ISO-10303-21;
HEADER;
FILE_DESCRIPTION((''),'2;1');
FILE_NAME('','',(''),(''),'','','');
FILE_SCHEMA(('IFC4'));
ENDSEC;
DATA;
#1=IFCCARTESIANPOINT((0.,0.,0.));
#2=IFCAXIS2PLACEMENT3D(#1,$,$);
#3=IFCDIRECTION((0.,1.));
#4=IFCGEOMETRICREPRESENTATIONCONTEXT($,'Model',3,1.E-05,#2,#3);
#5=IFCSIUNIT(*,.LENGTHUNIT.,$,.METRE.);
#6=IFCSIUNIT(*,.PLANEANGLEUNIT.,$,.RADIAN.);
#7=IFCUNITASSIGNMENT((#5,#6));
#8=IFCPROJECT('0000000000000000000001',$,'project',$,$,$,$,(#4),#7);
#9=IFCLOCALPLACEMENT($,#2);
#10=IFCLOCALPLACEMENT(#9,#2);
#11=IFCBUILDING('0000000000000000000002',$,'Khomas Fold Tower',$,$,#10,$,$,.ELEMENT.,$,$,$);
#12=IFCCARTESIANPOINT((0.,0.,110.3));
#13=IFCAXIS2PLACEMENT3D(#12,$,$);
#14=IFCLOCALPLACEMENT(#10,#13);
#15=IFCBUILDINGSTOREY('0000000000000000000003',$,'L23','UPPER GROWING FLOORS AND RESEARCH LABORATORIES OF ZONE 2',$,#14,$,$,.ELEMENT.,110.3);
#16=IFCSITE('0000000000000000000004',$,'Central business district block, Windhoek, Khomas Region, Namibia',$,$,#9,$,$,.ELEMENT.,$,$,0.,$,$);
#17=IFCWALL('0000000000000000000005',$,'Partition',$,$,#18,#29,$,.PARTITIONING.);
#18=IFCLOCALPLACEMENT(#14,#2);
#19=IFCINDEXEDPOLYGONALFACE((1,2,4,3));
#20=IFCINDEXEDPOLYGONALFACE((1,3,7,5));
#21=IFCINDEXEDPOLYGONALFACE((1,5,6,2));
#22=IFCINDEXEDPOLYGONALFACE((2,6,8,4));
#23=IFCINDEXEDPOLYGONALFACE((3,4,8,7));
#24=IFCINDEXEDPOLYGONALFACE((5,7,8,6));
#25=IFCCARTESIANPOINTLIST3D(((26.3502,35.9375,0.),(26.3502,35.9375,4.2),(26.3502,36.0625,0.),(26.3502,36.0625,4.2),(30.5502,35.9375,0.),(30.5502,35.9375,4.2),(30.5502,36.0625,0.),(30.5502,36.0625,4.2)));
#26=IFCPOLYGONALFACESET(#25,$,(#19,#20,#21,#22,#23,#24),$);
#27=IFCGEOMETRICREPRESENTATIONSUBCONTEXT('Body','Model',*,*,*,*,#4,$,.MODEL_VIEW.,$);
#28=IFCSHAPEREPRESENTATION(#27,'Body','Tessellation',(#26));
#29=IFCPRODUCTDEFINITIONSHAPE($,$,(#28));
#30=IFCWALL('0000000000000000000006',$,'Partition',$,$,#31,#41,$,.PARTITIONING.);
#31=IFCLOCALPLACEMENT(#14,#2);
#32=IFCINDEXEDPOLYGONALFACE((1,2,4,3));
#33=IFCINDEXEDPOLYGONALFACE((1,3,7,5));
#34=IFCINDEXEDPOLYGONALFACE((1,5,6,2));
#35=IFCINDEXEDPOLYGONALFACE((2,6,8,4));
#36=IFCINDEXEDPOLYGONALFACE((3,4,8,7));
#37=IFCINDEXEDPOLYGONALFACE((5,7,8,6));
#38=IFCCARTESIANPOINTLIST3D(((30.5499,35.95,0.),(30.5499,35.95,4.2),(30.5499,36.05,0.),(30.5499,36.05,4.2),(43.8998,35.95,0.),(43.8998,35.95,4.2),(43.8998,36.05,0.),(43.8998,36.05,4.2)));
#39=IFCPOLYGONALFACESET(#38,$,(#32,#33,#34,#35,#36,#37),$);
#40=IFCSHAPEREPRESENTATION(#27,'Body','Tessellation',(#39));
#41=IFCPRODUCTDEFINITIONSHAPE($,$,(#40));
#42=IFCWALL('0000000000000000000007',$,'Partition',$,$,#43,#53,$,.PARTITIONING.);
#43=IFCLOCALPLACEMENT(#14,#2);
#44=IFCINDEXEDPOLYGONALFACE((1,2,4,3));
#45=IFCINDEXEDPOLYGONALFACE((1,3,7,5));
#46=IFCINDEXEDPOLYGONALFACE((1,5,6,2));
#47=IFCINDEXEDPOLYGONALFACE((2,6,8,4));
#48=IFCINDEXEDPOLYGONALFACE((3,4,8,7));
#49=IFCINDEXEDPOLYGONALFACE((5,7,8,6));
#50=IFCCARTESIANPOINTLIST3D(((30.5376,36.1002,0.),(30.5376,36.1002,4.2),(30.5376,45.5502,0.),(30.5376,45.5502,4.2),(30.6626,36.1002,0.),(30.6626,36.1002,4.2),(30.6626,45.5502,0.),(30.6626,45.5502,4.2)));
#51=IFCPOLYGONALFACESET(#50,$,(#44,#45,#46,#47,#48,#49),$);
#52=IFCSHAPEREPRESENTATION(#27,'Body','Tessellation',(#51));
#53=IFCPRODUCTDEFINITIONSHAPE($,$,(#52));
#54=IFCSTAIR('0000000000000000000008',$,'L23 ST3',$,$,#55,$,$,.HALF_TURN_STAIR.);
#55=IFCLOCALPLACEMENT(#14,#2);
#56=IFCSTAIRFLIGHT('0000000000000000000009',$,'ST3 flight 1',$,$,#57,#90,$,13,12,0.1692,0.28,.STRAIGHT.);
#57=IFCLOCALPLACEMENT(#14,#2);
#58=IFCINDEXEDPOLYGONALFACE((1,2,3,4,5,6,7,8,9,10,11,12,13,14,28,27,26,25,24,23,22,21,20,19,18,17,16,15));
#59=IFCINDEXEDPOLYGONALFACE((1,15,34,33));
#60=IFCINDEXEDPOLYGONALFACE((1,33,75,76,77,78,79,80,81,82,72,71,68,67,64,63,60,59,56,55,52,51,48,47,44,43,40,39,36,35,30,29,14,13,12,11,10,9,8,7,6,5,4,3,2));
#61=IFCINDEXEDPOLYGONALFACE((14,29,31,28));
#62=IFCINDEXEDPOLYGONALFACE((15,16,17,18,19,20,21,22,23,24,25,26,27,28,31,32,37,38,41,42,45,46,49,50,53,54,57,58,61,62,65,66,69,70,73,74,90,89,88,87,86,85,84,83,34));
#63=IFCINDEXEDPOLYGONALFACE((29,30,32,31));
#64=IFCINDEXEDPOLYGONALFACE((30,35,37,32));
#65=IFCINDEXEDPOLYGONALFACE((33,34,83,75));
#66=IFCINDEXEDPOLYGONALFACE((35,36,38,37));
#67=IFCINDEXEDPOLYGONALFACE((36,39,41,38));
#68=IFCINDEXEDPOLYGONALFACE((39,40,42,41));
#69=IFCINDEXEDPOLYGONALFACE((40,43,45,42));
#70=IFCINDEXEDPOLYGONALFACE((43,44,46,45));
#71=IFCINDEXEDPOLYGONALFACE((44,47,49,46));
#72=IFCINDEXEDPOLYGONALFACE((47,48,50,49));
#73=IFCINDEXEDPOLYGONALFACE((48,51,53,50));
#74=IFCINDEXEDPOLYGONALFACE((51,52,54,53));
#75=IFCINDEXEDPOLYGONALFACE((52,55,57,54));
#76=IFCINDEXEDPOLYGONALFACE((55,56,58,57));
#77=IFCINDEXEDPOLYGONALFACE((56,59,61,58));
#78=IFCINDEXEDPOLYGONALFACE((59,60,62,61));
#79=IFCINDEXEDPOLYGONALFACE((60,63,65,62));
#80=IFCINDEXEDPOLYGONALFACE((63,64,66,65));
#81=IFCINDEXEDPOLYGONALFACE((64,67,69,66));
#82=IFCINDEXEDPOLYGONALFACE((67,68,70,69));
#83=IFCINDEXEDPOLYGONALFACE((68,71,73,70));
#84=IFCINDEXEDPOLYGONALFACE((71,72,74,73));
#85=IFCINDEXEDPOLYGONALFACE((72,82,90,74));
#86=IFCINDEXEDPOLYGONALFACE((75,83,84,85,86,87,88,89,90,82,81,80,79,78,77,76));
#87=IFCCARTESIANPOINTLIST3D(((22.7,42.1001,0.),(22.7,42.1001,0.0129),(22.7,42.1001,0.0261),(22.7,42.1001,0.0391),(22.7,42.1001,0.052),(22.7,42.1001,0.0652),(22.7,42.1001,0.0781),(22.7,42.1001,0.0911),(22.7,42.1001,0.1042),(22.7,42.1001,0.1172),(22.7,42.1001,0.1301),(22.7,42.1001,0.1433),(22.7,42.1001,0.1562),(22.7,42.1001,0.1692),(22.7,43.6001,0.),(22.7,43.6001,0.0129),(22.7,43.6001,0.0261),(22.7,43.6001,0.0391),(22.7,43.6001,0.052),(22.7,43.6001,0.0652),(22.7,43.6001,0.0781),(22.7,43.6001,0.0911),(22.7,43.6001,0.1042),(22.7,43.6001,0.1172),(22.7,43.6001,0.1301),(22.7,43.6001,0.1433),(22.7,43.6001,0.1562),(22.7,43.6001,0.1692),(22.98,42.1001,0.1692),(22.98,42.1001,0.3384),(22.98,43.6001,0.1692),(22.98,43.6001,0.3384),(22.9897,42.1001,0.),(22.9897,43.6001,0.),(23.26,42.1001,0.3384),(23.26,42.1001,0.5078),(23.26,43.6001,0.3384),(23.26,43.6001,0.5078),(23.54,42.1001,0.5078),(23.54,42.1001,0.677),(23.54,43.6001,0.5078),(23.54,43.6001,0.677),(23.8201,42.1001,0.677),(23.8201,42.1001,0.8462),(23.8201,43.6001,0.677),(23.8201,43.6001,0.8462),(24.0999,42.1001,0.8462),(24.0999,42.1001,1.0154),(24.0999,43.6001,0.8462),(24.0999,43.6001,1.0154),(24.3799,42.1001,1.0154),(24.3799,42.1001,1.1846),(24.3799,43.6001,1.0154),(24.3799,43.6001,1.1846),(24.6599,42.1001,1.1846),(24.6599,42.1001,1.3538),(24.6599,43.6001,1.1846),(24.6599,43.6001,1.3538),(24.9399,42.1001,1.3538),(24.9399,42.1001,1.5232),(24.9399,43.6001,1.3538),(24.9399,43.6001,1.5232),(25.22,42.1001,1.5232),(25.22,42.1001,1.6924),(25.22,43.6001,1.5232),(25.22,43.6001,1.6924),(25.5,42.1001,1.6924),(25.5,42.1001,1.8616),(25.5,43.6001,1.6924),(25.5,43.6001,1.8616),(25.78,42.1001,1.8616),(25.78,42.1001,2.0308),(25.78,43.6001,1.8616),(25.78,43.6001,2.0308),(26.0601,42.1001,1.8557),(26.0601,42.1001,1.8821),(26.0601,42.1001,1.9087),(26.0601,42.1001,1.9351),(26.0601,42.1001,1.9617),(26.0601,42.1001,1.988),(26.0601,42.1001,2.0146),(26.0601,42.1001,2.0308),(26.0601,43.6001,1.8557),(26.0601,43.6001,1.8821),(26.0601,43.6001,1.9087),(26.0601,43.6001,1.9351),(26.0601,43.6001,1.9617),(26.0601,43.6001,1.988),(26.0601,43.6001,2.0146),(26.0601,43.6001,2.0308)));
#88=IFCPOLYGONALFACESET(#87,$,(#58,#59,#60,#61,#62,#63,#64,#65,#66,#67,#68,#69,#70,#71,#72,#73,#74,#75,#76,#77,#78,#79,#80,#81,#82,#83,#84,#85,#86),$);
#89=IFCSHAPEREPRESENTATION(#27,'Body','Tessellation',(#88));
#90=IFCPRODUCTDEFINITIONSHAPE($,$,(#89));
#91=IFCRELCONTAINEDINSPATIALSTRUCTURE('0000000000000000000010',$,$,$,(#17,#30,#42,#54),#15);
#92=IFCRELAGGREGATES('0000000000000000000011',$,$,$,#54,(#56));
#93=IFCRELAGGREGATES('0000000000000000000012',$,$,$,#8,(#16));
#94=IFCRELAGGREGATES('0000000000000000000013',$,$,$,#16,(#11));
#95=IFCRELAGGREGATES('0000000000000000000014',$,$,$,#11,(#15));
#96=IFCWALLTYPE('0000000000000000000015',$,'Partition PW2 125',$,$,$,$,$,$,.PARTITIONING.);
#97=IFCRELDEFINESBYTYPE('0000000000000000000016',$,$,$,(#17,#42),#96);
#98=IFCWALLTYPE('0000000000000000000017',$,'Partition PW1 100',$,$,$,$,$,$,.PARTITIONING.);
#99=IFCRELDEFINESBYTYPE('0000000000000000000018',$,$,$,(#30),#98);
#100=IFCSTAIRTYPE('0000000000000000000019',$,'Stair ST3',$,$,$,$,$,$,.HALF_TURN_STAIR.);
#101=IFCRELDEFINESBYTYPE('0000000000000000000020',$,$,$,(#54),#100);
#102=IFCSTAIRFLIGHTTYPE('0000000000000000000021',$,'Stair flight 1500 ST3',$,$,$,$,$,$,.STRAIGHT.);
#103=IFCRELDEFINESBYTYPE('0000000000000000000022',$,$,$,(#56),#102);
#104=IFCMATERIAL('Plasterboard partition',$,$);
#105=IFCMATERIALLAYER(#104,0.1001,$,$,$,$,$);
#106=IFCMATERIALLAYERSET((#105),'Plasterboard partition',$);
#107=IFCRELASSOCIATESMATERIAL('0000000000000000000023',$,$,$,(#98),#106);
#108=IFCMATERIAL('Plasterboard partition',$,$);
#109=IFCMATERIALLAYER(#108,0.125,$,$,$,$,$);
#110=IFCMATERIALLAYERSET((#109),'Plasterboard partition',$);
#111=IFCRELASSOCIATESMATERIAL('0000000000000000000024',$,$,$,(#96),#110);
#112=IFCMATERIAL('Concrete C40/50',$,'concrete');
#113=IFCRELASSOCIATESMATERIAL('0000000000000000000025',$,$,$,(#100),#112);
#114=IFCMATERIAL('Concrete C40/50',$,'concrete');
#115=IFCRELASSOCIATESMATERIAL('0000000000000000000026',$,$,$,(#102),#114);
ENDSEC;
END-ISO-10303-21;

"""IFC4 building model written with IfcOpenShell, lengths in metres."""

from ifc_helpers import new_model, si_unit, direction, frame, frame_2d, origin, place, context, subcontext, project, spatial, polyline, rectangle, outline, extrude, source, transform, mapped, material, layer, layer_set, type_object, element, aggregate, save


model = new_model("IFC4")

# Units and contexts
model_context = context("Model", 3, precision=1e-05, world=origin(), true_north=direction((0.0, 1.0)))
body_context = subcontext(model_context, "Body", "Model", "MODEL_VIEW")
ifc_project = project(units=[si_unit("LENGTHUNIT", "METRE"), si_unit("PLANEANGLEUNIT", "RADIAN")], contexts=[model_context])

# Site, building, storey
site_placement = place(None, origin())
site = spatial("IfcSite", under=ifc_project, at=site_placement, Name="Central business district block, Windhoek, Khomas Region, Namibia", CompositionType="ELEMENT", RefElevation=0.0)
building_placement = place(site_placement, origin())
building = spatial("IfcBuilding", under=site, at=building_placement, Name="Khomas Fold Tower", CompositionType="ELEMENT")
storey_placement = place(building_placement, frame((0.0, 0.0, 110.3)))
storey = spatial("IfcBuildingStorey", under=building, at=storey_placement, Name="L23", Description="UPPER GROWING FLOORS AND RESEARCH LABORATORIES OF ZONE 2", CompositionType="ELEMENT", Elevation=110.3)

# Walls
ifc_material_1 = material(Name="Plasterboard partition")
ifc_layer_1 = layer(ifc_material_1, 0.1001)
ifc_layer_set_1 = layer_set([ifc_layer_1], Name="Plasterboard partition")
wall_type_1 = type_object("IfcWallType", Name="Partition PW1 100", PredefinedType="PARTITIONING", material=ifc_layer_set_1)
ifc_material_2 = material(Name="Plasterboard partition")
ifc_layer_2 = layer(ifc_material_2, 0.125)
ifc_layer_set_2 = layer_set([ifc_layer_2], Name="Plasterboard partition")
wall_type_2 = type_object("IfcWallType", Name="Partition PW2 125", PredefinedType="PARTITIONING", material=ifc_layer_set_2)
shared_shape_1 = source(origin(), body_context, "Body", "SweptSolid", [
    extrude(rectangle(XDim=4.2, YDim=0.125, at=frame_2d((2.1001, 0.0))), origin(), (0.0, 0.0, 1.0), 4.2),
])
wall_1_placement = place(storey_placement, frame((26.3501, 36.0, 0.0), z_axis=(0.0, 0.0, 1.0), x_axis=(1.0, 0.0, 0.0)))
element("IfcWall", 1, at=wall_1_placement, inside=storey, type_object=wall_type_2, Name="Partition", PredefinedType="PARTITIONING", context=body_context, shape_type="MappedRepresentation", body=[
    mapped(shared_shape_1, transform((0.0, 0.0, 0.0))),
])
shared_shape_2 = source(origin(), body_context, "Body", "SweptSolid", [
    extrude(rectangle(XDim=13.3499, YDim=0.1001, at=frame_2d((6.6748, 0.0))), origin(), (0.0, 0.0, 1.0), 4.2),
])
wall_2_placement = place(storey_placement, frame((30.55, 36.0, 0.0), z_axis=(0.0, 0.0, 1.0), x_axis=(1.0, 0.0, 0.0)))
element("IfcWall", 2, at=wall_2_placement, inside=storey, type_object=wall_type_1, Name="Partition", PredefinedType="PARTITIONING", context=body_context, shape_type="MappedRepresentation", body=[
    mapped(shared_shape_2, transform((0.0, 0.0, 0.0))),
])
shared_shape_3 = source(origin(), body_context, "Body", "SweptSolid", [
    extrude(rectangle(XDim=9.45, YDim=0.125, at=frame_2d((4.7251, 0.0))), origin(), (0.0, 0.0, 1.0), 4.2),
])
wall_3_placement = place(storey_placement, frame((30.6001, 36.1001, 0.0), z_axis=(0.0, 0.0, 1.0), x_axis=(0.0, 1.0, 0.0)))
element("IfcWall", 3, at=wall_3_placement, inside=storey, type_object=wall_type_2, Name="Partition", PredefinedType="PARTITIONING", context=body_context, shape_type="MappedRepresentation", body=[
    mapped(shared_shape_3, transform((0.0, 0.0, 0.0))),
])

# Stair, stair flight
ifc_material_3 = material(Name="Concrete C40/50", Category="concrete")
stair_type = type_object("IfcStairType", Name="Stair ST3", PredefinedType="HALF_TURN_STAIR", material=ifc_material_3)
stair_placement = place(storey_placement, origin())
stair = element("IfcStair", 4, at=stair_placement, inside=storey, type_object=stair_type, Name="L23 ST3", PredefinedType="HALF_TURN_STAIR")
ifc_material_4 = material(Name="Concrete C40/50", Category="concrete")
stair_flight_type = type_object("IfcStairFlightType", Name="Stair flight 1500 ST3", PredefinedType="STRAIGHT", material=ifc_material_4)
shared_shape_4 = source(origin(), body_context, "Body", "SweptSolid", [
    extrude(outline(polyline([(0.0, 0.0), (0.0, 0.0129), (0.0, 0.0261), (0.0, 0.0391), (0.0, 0.052), (0.0, 0.0652), (0.0, 0.0781), (0.0, 0.0911), (0.0, 0.1042), (0.0, 0.1172), (0.0, 0.1301), (0.0, 0.1433), (0.0, 0.1562), (0.0, 0.1692), (0.28, 0.1692), (0.28, 0.3384), (0.5601, 0.3384), (0.5601, 0.5078), (0.8401, 0.5078), (0.8401, 0.677), (1.1201, 0.677), (1.1201, 0.8462), (1.3999, 0.8462), (1.3999, 1.0154), (1.6799, 1.0154), (1.6799, 1.1846), (1.96, 1.1846), (1.96, 1.3538), (2.24, 1.3538), (2.24, 1.5232), (2.52, 1.5232), (2.52, 1.6924), (2.8, 1.6924), (2.8, 1.8616), (3.0801, 1.8616), (3.0801, 2.0308), (3.3601, 2.0308), (3.3601, 2.2), (3.3601, 2.1736), (3.3601, 2.147), (3.3601, 2.1206), (3.3601, 2.094), (3.3601, 2.0676), (3.3601, 2.041), (3.3601, 2.0146), (3.3601, 1.988), (3.3601, 1.9617), (3.3601, 1.9351), (3.3601, 1.9087), (3.3601, 1.8821), (3.3601, 1.8557), (0.2898, 0.0), (0.0, 0.0)])), frame((0.0, 0.75, 0.0), z_axis=(0.0, -1.0, 0.0), x_axis=(1.0, 0.0, 0.0)), (0.0, 0.0, 1.0), 1.5),
])
stair_flight_placement = place(storey_placement, frame((22.7, 42.8501, 0.0), z_axis=(0.0, 0.0, 1.0), x_axis=(1.0, 0.0, 0.0)))
stair_flight = element("IfcStairFlight", 5, at=stair_flight_placement, type_object=stair_flight_type, Name="ST3 flight 1", NumberOfRisers=13, NumberOfTreads=12, PredefinedType="STRAIGHT", RiserHeight=0.1692, TreadLength=0.28, context=body_context, shape_type="MappedRepresentation", body=[
    mapped(shared_shape_4, transform((0.0, 0.0, 0.0))),
])
aggregate(stair, [stair_flight])

save(model, "model.ifc")
